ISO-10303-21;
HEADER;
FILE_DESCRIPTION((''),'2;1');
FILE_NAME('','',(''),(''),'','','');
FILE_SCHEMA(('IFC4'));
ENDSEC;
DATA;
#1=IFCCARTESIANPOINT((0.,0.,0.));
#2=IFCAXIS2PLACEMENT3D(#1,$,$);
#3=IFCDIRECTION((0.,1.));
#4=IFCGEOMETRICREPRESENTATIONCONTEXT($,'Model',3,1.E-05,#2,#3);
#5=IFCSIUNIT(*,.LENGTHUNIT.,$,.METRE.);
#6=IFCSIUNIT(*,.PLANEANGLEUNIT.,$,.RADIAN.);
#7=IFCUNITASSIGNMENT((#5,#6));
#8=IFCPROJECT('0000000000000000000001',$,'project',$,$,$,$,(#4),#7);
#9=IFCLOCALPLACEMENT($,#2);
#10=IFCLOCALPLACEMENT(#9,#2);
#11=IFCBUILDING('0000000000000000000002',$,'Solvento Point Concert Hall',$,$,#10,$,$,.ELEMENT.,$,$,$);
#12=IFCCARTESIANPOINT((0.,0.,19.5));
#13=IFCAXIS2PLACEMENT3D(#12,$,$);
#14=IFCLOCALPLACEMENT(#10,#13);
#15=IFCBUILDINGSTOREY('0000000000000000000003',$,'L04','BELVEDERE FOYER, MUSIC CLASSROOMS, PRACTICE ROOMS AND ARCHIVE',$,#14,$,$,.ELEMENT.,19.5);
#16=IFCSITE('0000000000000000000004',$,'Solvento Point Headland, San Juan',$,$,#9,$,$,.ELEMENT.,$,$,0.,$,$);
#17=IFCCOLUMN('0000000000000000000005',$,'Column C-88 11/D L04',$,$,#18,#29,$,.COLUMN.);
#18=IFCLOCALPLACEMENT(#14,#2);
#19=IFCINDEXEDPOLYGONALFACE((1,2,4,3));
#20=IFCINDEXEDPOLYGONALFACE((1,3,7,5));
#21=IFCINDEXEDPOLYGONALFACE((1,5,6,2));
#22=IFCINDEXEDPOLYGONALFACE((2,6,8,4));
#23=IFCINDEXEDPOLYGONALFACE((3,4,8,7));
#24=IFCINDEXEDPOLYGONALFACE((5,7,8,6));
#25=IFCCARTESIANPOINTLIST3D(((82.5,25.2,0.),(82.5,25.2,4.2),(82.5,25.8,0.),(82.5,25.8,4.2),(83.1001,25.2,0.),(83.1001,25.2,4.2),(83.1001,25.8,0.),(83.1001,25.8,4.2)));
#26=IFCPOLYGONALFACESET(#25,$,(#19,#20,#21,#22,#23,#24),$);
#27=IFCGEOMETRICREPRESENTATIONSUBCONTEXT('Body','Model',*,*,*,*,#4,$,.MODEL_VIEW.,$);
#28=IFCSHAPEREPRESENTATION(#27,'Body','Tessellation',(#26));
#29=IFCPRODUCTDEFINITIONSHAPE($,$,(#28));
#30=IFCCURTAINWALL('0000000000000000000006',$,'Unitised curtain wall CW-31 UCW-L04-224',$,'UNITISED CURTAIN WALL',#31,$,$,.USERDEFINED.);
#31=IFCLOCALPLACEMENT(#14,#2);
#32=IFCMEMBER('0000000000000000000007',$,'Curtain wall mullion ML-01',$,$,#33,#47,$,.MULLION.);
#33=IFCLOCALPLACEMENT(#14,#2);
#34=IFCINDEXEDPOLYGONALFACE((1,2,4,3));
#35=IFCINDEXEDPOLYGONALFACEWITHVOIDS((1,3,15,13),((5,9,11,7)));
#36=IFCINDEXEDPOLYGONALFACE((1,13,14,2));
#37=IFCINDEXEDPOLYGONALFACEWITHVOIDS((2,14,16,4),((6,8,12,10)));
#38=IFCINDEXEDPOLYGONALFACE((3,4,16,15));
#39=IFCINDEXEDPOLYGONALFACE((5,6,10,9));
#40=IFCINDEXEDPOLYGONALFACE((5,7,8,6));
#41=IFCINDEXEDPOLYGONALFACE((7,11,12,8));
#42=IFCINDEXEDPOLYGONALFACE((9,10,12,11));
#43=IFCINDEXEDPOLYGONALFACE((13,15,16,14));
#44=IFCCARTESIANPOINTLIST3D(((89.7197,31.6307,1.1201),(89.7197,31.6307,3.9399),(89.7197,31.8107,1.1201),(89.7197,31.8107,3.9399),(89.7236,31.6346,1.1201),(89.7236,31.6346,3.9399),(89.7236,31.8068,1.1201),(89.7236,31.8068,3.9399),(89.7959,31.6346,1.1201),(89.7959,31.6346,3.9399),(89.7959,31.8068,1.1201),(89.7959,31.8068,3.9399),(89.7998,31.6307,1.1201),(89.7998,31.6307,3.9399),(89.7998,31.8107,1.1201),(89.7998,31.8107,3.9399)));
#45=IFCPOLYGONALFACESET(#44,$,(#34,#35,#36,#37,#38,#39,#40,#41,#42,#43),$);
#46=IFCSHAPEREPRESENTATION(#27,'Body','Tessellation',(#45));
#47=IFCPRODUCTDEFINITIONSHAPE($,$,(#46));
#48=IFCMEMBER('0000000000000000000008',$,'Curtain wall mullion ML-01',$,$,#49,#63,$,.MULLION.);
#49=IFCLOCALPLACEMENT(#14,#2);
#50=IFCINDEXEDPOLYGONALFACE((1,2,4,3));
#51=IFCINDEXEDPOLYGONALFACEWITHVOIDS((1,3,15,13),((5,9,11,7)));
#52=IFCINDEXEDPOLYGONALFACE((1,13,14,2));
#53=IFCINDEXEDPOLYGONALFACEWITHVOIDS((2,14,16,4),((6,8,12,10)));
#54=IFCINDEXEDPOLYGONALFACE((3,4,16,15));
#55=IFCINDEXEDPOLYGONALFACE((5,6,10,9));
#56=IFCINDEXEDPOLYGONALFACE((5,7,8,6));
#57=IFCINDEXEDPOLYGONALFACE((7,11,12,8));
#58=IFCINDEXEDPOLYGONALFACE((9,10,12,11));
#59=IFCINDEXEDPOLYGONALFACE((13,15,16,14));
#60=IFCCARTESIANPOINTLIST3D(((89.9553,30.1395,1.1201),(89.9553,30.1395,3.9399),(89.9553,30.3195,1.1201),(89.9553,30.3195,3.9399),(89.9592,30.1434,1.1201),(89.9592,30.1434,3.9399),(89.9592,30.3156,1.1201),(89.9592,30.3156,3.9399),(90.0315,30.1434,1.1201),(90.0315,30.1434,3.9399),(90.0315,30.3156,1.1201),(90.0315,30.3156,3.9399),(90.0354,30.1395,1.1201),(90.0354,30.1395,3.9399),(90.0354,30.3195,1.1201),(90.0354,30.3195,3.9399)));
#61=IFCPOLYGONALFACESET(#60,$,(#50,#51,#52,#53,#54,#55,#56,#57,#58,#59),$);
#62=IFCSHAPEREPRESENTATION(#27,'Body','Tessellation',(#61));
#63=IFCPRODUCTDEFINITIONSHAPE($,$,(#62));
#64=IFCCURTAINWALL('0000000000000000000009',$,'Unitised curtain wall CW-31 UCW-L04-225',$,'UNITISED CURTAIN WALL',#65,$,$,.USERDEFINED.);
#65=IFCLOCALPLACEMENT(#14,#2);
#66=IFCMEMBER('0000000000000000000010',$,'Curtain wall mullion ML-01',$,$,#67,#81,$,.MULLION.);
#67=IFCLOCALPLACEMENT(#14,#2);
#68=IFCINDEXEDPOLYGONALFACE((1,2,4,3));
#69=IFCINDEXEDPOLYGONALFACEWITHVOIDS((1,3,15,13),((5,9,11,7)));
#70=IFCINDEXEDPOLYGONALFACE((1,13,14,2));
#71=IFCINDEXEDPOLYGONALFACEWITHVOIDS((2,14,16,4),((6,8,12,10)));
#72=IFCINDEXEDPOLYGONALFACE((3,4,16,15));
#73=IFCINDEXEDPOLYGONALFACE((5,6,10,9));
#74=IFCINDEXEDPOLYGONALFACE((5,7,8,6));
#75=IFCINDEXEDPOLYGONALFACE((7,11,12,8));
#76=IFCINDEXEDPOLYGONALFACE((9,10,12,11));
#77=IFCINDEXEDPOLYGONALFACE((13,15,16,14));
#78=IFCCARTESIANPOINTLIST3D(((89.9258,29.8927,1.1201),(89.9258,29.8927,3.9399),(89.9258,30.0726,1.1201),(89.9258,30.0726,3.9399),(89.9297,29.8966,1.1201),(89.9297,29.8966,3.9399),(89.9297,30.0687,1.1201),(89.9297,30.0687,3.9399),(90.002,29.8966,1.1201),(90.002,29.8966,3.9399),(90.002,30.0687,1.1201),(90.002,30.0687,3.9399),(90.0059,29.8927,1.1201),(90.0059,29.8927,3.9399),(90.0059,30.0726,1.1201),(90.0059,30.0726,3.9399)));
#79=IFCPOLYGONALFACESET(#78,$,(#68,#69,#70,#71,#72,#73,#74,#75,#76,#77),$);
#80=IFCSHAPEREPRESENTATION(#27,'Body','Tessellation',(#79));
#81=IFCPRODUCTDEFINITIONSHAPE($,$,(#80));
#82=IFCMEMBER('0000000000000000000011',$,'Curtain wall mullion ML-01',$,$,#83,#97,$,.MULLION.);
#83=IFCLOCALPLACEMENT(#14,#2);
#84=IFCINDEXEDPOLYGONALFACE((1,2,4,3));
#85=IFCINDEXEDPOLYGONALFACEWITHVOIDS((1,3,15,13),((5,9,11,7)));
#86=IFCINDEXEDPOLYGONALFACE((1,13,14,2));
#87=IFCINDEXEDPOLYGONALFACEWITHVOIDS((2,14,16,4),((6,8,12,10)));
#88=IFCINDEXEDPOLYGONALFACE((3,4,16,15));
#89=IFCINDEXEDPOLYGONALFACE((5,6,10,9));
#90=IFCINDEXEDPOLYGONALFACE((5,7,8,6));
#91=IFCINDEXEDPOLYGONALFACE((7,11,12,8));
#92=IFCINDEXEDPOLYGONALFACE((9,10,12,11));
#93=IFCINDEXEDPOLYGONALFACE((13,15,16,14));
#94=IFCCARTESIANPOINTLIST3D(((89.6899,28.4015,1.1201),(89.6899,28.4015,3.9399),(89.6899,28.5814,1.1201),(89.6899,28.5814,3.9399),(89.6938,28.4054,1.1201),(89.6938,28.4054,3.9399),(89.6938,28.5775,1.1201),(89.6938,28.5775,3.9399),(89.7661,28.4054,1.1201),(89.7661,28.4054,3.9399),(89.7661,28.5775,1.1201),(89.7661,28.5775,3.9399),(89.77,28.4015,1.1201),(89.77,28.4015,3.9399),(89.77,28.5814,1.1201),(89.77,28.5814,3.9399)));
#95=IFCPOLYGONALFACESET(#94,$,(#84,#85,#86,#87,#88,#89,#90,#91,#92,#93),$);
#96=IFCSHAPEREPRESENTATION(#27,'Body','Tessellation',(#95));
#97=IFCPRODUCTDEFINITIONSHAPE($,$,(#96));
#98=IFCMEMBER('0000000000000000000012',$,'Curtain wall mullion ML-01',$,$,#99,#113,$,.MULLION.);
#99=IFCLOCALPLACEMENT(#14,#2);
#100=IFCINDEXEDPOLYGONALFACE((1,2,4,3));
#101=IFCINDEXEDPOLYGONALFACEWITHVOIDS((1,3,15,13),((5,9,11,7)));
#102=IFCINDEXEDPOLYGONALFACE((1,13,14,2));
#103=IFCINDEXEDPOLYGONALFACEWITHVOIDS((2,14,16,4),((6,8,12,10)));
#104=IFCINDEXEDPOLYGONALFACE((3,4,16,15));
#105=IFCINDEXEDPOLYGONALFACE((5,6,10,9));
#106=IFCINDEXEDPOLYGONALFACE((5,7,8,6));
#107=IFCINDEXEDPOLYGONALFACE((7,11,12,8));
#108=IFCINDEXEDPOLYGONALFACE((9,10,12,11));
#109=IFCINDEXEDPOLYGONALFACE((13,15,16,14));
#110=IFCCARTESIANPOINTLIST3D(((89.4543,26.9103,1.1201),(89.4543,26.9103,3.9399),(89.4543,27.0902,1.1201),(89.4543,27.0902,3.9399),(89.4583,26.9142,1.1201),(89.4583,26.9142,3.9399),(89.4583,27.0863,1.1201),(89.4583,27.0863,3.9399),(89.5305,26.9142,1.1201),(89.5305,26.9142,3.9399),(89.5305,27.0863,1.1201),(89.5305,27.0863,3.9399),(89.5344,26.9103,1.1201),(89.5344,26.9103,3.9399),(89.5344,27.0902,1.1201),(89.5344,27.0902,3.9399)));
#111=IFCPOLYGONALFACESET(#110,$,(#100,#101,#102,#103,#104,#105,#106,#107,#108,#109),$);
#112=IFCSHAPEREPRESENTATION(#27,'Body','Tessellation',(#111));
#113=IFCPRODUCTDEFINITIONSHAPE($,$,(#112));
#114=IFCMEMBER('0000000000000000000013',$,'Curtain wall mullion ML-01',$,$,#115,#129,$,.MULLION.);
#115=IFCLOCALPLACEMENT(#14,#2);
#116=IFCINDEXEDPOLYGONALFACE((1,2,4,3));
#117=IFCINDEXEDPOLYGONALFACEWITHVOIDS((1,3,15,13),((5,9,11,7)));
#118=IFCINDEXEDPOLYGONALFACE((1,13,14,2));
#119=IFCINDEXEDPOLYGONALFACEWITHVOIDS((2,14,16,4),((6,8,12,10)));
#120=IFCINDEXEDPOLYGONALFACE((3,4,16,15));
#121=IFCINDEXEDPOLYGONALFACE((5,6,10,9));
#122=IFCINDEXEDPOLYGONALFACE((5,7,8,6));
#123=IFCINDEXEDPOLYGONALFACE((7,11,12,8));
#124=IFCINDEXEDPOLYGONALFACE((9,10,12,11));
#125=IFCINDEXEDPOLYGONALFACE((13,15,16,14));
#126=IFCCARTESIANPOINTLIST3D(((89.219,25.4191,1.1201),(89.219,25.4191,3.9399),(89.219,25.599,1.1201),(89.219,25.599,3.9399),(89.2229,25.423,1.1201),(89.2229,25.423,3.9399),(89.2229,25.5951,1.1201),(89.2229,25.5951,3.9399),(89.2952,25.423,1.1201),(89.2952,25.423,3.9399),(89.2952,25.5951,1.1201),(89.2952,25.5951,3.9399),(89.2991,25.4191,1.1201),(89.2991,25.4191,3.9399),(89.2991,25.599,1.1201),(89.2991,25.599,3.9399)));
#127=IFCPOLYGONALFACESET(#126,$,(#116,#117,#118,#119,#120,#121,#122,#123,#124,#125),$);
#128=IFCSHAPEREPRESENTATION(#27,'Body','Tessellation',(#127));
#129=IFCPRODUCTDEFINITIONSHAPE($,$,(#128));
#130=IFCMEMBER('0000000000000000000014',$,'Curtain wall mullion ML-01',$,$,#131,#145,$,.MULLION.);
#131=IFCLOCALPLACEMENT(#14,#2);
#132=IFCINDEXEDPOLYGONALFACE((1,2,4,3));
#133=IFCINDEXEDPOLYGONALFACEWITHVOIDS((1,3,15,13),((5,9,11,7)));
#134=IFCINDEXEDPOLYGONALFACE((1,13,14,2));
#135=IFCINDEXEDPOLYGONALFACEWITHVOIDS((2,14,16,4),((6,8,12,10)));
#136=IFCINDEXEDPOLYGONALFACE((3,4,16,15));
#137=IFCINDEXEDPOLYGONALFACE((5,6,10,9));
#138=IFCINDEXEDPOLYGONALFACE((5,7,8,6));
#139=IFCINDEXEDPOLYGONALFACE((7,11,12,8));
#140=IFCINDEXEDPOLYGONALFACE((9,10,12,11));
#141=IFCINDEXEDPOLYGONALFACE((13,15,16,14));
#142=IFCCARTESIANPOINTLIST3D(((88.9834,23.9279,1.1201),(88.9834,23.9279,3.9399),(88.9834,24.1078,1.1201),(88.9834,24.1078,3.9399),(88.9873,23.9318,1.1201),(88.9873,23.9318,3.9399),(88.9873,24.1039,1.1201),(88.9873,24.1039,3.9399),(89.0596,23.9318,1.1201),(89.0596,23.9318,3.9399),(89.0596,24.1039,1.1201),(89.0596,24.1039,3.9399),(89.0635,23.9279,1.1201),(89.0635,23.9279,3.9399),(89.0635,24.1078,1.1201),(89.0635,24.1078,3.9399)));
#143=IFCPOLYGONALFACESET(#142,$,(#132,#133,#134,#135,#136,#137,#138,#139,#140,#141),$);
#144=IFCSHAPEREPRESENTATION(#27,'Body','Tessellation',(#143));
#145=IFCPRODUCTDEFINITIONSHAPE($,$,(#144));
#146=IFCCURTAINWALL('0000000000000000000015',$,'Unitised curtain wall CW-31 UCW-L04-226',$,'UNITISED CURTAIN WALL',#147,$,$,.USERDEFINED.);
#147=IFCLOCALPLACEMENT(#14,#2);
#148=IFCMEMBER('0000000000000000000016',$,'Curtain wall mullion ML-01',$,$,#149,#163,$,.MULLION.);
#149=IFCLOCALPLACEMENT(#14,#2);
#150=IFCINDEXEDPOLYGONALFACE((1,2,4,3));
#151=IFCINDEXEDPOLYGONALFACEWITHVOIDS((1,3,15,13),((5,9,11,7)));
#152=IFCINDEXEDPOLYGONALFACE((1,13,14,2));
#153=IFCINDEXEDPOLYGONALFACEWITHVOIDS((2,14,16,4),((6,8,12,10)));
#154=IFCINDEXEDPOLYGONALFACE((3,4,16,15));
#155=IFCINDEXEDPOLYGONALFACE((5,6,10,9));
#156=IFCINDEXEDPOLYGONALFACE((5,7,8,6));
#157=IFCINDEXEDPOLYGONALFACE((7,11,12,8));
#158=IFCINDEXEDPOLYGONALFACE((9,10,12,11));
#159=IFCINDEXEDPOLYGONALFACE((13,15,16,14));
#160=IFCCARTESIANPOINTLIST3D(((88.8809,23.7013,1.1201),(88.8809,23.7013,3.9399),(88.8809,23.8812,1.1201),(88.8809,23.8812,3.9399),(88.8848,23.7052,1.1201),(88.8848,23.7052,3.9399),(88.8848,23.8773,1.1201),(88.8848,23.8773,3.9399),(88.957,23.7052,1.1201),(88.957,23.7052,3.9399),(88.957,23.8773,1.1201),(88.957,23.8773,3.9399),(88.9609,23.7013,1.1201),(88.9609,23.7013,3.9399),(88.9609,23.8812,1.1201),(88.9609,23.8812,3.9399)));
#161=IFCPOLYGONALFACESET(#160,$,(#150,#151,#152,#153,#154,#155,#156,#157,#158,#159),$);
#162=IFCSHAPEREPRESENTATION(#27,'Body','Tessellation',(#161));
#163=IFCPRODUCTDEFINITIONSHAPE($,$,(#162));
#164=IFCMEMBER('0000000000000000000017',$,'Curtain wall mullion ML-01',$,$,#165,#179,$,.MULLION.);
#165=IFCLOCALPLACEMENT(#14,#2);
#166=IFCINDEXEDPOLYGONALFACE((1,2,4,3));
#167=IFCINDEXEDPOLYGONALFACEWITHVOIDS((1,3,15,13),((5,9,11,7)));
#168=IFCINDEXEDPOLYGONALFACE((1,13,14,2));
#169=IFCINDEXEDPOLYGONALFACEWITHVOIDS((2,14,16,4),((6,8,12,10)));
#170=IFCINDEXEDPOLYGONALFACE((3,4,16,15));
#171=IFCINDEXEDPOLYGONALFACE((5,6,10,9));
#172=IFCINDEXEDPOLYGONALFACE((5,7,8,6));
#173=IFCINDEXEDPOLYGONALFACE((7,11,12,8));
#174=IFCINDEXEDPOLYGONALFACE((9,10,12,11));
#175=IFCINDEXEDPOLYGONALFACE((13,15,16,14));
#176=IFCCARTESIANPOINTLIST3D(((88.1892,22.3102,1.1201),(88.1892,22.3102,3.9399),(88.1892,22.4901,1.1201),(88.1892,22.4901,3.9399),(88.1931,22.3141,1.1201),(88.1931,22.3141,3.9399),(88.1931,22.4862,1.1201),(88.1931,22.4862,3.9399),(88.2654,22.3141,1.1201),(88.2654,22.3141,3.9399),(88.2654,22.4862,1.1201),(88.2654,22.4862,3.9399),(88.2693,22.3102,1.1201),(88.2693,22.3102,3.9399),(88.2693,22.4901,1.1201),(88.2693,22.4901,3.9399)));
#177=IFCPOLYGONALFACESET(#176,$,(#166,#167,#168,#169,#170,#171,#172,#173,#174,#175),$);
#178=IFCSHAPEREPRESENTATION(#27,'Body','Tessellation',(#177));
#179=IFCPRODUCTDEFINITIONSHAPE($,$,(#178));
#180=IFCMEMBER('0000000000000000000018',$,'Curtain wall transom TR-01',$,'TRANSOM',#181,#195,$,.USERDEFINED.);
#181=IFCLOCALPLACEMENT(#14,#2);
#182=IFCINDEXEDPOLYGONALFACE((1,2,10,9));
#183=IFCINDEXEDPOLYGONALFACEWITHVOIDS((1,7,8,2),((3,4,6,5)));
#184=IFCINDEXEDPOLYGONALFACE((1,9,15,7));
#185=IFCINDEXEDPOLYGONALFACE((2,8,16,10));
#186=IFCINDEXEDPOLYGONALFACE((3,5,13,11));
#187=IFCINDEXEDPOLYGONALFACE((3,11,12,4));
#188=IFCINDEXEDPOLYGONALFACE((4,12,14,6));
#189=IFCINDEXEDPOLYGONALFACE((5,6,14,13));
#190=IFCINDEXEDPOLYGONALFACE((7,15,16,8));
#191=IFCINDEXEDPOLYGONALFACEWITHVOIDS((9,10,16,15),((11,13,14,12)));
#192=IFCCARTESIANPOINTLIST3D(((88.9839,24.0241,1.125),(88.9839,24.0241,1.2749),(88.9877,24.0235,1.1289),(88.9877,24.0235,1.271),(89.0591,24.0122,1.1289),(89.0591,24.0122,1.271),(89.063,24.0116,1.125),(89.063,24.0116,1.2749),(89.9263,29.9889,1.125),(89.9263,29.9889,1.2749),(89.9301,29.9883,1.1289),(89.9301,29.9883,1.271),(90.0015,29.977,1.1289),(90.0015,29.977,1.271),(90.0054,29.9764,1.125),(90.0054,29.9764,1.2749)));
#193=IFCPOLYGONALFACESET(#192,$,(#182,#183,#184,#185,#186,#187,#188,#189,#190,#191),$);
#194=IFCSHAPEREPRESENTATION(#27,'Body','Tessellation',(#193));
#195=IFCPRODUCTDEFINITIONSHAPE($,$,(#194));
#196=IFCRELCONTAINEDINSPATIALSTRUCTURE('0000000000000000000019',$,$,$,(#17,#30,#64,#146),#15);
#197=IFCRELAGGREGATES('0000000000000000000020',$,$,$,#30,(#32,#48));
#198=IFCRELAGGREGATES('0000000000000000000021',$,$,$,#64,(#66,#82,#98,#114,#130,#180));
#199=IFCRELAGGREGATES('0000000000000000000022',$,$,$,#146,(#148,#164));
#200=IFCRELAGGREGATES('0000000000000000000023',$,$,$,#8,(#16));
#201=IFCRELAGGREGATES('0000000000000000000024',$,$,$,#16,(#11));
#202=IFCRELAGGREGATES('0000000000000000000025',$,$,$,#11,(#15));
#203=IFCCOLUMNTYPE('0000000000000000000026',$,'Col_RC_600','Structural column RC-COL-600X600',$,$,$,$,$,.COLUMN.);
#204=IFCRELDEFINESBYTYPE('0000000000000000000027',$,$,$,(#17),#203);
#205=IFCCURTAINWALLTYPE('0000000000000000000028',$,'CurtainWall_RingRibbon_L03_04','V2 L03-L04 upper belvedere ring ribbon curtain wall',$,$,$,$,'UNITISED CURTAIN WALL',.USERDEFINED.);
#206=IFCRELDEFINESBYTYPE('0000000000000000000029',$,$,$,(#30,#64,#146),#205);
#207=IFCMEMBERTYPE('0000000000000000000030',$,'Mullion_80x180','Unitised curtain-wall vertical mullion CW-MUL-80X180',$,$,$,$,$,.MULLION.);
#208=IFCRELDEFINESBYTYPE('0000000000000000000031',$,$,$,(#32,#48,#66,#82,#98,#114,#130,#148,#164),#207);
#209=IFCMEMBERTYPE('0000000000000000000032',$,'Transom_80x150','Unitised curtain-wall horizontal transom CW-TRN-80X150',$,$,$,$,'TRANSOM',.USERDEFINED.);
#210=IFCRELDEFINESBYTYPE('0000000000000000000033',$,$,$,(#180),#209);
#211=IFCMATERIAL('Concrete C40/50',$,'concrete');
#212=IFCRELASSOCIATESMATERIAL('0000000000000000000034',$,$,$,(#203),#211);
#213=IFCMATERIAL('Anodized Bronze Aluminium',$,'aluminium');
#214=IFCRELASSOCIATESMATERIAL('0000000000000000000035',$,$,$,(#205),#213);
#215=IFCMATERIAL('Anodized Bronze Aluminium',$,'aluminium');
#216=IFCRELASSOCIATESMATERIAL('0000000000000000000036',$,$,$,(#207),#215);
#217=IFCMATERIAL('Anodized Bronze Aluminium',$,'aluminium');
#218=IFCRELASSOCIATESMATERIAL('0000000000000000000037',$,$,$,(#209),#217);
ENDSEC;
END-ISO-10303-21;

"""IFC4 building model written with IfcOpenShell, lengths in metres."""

from ifc_helpers import new_model, si_unit, direction, frame, origin, origin_2d, place, context, subcontext, project, spatial, rectangle, hollow_rectangle, extrude, material, material_profile, profile_set, type_object, element, aggregate, save


model = new_model("IFC4")

# Units and contexts
model_context = context("Model", 3, precision=1e-05, world=origin(), true_north=direction((0.0, 1.0)))
body_context = subcontext(model_context, "Body", "Model", "MODEL_VIEW")
ifc_project = project(units=[si_unit("LENGTHUNIT", "METRE"), si_unit("PLANEANGLEUNIT", "RADIAN")], contexts=[model_context])

# Site, building, storey
site_placement = place(None, origin())
site = spatial("IfcSite", under=ifc_project, at=site_placement, Name="Solvento Point Headland, San Juan", CompositionType="ELEMENT", RefElevation=0.0)
building_placement = place(site_placement, origin())
building = spatial("IfcBuilding", under=site, at=building_placement, Name="Solvento Point Concert Hall", CompositionType="ELEMENT")
storey_placement = place(building_placement, frame((0.0, 0.0, 19.5)))
storey = spatial("IfcBuildingStorey", under=building, at=storey_placement, Name="L04", Description="BELVEDERE FOYER, MUSIC CLASSROOMS, PRACTICE ROOMS AND ARCHIVE", CompositionType="ELEMENT", Elevation=19.5)

# Column
ifc_material_1 = material(Name="Concrete C40/50", Category="concrete")
ifc_material_profile_1 = material_profile(ifc_material_1, rectangle(XDim=0.6001, YDim=0.6001, at=origin_2d()), Name="RC-COL-600X600")
ifc_profile_set_1 = profile_set([ifc_material_profile_1], Name="Concrete C40/50")
column_type = type_object("IfcColumnType", Name="Col_RC_600", Description="Structural column RC-COL-600X600", PredefinedType="COLUMN", material=ifc_profile_set_1)
column_placement = place(storey_placement, frame((82.8, 25.5, 0.0), z_axis=(0.0, 0.0, 1.0), x_axis=(1.0, 0.0, 0.0)))
element("IfcColumn", 1, at=column_placement, inside=storey, type_object=column_type, Name="Column C-88 11/D L04", PredefinedType="COLUMN", context=body_context, shape_type="SweptSolid", body=[
    extrude(rectangle(XDim=0.6001, YDim=0.6001, at=origin_2d()), origin(), (0.0, 0.0, 1.0), 4.2),
])

# Curtain walls, members
ifc_material_2 = material(Name="Anodized Bronze Aluminium", Category="aluminium")
curtain_wall_type = type_object("IfcCurtainWallType", Name="CurtainWall_RingRibbon_L03_04", Description="V2 L03-L04 upper belvedere ring ribbon curtain wall", ElementType="UNITISED CURTAIN WALL", PredefinedType="USERDEFINED", material=ifc_material_2)
curtain_wall_1_placement = place(storey_placement, origin())
curtain_wall_1 = element("IfcCurtainWall", 2, at=curtain_wall_1_placement, inside=storey, type_object=curtain_wall_type, Name="Unitised curtain wall CW-31 UCW-L04-224", ObjectType="UNITISED CURTAIN WALL", PredefinedType="USERDEFINED")
ifc_material_3 = material(Name="Anodized Bronze Aluminium", Category="aluminium")
ifc_material_profile_2 = material_profile(ifc_material_3, hollow_rectangle(XDim=0.0801, YDim=0.1799, WallThickness=0.0039, at=origin_2d()), Name="CW-MUL-80X180")
ifc_profile_set_2 = profile_set([ifc_material_profile_2], Name="Anodized Bronze Aluminium")
member_type_1 = type_object("IfcMemberType", Name="Mullion_80x180", Description="Unitised curtain-wall vertical mullion CW-MUL-80X180", PredefinedType="MULLION", material=ifc_profile_set_2)
member_1_placement = place(storey_placement, frame((89.7598, 31.7207, 1.1201), z_axis=(0.0, 0.0, 1.0), x_axis=(1.0, 0.0, 0.0)))
member_1 = element("IfcMember", 3, at=member_1_placement, type_object=member_type_1, Name="Curtain wall mullion ML-01", PredefinedType="MULLION", context=body_context, shape_type="SweptSolid", body=[
    extrude(hollow_rectangle(XDim=0.0801, YDim=0.1799, WallThickness=0.0039, at=origin_2d()), origin(), (0.0, 0.0, 1.0), 2.8198),
])
member_2_placement = place(storey_placement, frame((89.9954, 30.2295, 1.1201), z_axis=(0.0, 0.0, 1.0), x_axis=(1.0, 0.0, 0.0)))
member_2 = element("IfcMember", 4, at=member_2_placement, type_object=member_type_1, Name="Curtain wall mullion ML-01", PredefinedType="MULLION", context=body_context, shape_type="SweptSolid", body=[
    extrude(hollow_rectangle(XDim=0.0801, YDim=0.1799, WallThickness=0.0039, at=origin_2d()), origin(), (0.0, 0.0, 1.0), 2.8198),
])
curtain_wall_2_placement = place(storey_placement, origin())
curtain_wall_2 = element("IfcCurtainWall", 5, at=curtain_wall_2_placement, inside=storey, type_object=curtain_wall_type, Name="Unitised curtain wall CW-31 UCW-L04-225", ObjectType="UNITISED CURTAIN WALL", PredefinedType="USERDEFINED")
member_3_placement = place(storey_placement, frame((89.9658, 29.9827, 1.1201), z_axis=(0.0, 0.0, 1.0), x_axis=(1.0, 0.0, 0.0)))
member_3 = element("IfcMember", 6, at=member_3_placement, type_object=member_type_1, Name="Curtain wall mullion ML-01", PredefinedType="MULLION", context=body_context, shape_type="SweptSolid", body=[
    extrude(hollow_rectangle(XDim=0.0801, YDim=0.1799, WallThickness=0.0039, at=origin_2d()), origin(), (0.0, 0.0, 1.0), 2.8198),
])
member_4_placement = place(storey_placement, frame((89.73, 28.4915, 1.1201), z_axis=(0.0, 0.0, 1.0), x_axis=(1.0, 0.0, 0.0)))
member_4 = element("IfcMember", 7, at=member_4_placement, type_object=member_type_1, Name="Curtain wall mullion ML-01", PredefinedType="MULLION", context=body_context, shape_type="SweptSolid", body=[
    extrude(hollow_rectangle(XDim=0.0801, YDim=0.1799, WallThickness=0.0039, at=origin_2d()), origin(), (0.0, 0.0, 1.0), 2.8198),
])
member_5_placement = place(storey_placement, frame((89.4944, 27.0002, 1.1201), z_axis=(0.0, 0.0, 1.0), x_axis=(1.0, 0.0, 0.0)))
member_5 = element("IfcMember", 8, at=member_5_placement, type_object=member_type_1, Name="Curtain wall mullion ML-01", PredefinedType="MULLION", context=body_context, shape_type="SweptSolid", body=[
    extrude(hollow_rectangle(XDim=0.0801, YDim=0.1799, WallThickness=0.0039, at=origin_2d()), origin(), (0.0, 0.0, 1.0), 2.8198),
])
member_6_placement = place(storey_placement, frame((89.259, 25.509, 1.1201), z_axis=(0.0, 0.0, 1.0), x_axis=(1.0, 0.0, 0.0)))
member_6 = element("IfcMember", 9, at=member_6_placement, type_object=member_type_1, Name="Curtain wall mullion ML-01", PredefinedType="MULLION", context=body_context, shape_type="SweptSolid", body=[
    extrude(hollow_rectangle(XDim=0.0801, YDim=0.1799, WallThickness=0.0039, at=origin_2d()), origin(), (0.0, 0.0, 1.0), 2.8198),
])
member_7_placement = place(storey_placement, frame((89.0234, 24.0178, 1.1201), z_axis=(0.0, 0.0, 1.0), x_axis=(1.0, 0.0, 0.0)))
member_7 = element("IfcMember", 10, at=member_7_placement, type_object=member_type_1, Name="Curtain wall mullion ML-01", PredefinedType="MULLION", context=body_context, shape_type="SweptSolid", body=[
    extrude(hollow_rectangle(XDim=0.0801, YDim=0.1799, WallThickness=0.0039, at=origin_2d()), origin(), (0.0, 0.0, 1.0), 2.8198),
])
curtain_wall_3_placement = place(storey_placement, origin())
curtain_wall_3 = element("IfcCurtainWall", 11, at=curtain_wall_3_placement, inside=storey, type_object=curtain_wall_type, Name="Unitised curtain wall CW-31 UCW-L04-226", ObjectType="UNITISED CURTAIN WALL", PredefinedType="USERDEFINED")
member_8_placement = place(storey_placement, frame((88.9209, 23.7913, 1.1201), z_axis=(0.0, 0.0, 1.0), x_axis=(1.0, 0.0, 0.0)))
member_8 = element("IfcMember", 12, at=member_8_placement, type_object=member_type_1, Name="Curtain wall mullion ML-01", PredefinedType="MULLION", context=body_context, shape_type="SweptSolid", body=[
    extrude(hollow_rectangle(XDim=0.0801, YDim=0.1799, WallThickness=0.0039, at=origin_2d()), origin(), (0.0, 0.0, 1.0), 2.8198),
])
member_9_placement = place(storey_placement, frame((88.2292, 22.4001, 1.1201), z_axis=(0.0, 0.0, 1.0), x_axis=(1.0, 0.0, 0.0)))
member_9 = element("IfcMember", 13, at=member_9_placement, type_object=member_type_1, Name="Curtain wall mullion ML-01", PredefinedType="MULLION", context=body_context, shape_type="SweptSolid", body=[
    extrude(hollow_rectangle(XDim=0.0801, YDim=0.1799, WallThickness=0.0039, at=origin_2d()), origin(), (0.0, 0.0, 1.0), 2.8198),
])

# Member
ifc_material_4 = material(Name="Anodized Bronze Aluminium", Category="aluminium")
ifc_material_profile_3 = material_profile(ifc_material_4, hollow_rectangle(XDim=0.0801, YDim=0.1499, WallThickness=0.0039, at=origin_2d()), Name="CW-TRN-80X150")
ifc_profile_set_3 = profile_set([ifc_material_profile_3], Name="Anodized Bronze Aluminium")
member_type_2 = type_object("IfcMemberType", Name="Transom_80x150", Description="Unitised curtain-wall horizontal transom CW-TRN-80X150", ElementType="TRANSOM", PredefinedType="USERDEFINED", material=ifc_profile_set_3)
member_10_placement = place(storey_placement, frame((89.9658, 29.9827, 1.2), z_axis=(-0.156054, -0.987749, 0.0), x_axis=(0.987749, -0.156054, 0.0)))
member_10 = element("IfcMember", 14, at=member_10_placement, type_object=member_type_2, Name="Curtain wall transom TR-01", ObjectType="TRANSOM", PredefinedType="USERDEFINED", context=body_context, shape_type="SweptSolid", body=[
    extrude(hollow_rectangle(XDim=0.0801, YDim=0.1499, WallThickness=0.0039, at=origin_2d()), origin(), (0.0, 0.0, 1.0), 6.0388),
])

aggregate(curtain_wall_1, [member_1, member_2])
aggregate(curtain_wall_2, [member_3, member_4, member_5, member_6, member_7, member_10])
aggregate(curtain_wall_3, [member_8, member_9])

save(model, "model.ifc")
